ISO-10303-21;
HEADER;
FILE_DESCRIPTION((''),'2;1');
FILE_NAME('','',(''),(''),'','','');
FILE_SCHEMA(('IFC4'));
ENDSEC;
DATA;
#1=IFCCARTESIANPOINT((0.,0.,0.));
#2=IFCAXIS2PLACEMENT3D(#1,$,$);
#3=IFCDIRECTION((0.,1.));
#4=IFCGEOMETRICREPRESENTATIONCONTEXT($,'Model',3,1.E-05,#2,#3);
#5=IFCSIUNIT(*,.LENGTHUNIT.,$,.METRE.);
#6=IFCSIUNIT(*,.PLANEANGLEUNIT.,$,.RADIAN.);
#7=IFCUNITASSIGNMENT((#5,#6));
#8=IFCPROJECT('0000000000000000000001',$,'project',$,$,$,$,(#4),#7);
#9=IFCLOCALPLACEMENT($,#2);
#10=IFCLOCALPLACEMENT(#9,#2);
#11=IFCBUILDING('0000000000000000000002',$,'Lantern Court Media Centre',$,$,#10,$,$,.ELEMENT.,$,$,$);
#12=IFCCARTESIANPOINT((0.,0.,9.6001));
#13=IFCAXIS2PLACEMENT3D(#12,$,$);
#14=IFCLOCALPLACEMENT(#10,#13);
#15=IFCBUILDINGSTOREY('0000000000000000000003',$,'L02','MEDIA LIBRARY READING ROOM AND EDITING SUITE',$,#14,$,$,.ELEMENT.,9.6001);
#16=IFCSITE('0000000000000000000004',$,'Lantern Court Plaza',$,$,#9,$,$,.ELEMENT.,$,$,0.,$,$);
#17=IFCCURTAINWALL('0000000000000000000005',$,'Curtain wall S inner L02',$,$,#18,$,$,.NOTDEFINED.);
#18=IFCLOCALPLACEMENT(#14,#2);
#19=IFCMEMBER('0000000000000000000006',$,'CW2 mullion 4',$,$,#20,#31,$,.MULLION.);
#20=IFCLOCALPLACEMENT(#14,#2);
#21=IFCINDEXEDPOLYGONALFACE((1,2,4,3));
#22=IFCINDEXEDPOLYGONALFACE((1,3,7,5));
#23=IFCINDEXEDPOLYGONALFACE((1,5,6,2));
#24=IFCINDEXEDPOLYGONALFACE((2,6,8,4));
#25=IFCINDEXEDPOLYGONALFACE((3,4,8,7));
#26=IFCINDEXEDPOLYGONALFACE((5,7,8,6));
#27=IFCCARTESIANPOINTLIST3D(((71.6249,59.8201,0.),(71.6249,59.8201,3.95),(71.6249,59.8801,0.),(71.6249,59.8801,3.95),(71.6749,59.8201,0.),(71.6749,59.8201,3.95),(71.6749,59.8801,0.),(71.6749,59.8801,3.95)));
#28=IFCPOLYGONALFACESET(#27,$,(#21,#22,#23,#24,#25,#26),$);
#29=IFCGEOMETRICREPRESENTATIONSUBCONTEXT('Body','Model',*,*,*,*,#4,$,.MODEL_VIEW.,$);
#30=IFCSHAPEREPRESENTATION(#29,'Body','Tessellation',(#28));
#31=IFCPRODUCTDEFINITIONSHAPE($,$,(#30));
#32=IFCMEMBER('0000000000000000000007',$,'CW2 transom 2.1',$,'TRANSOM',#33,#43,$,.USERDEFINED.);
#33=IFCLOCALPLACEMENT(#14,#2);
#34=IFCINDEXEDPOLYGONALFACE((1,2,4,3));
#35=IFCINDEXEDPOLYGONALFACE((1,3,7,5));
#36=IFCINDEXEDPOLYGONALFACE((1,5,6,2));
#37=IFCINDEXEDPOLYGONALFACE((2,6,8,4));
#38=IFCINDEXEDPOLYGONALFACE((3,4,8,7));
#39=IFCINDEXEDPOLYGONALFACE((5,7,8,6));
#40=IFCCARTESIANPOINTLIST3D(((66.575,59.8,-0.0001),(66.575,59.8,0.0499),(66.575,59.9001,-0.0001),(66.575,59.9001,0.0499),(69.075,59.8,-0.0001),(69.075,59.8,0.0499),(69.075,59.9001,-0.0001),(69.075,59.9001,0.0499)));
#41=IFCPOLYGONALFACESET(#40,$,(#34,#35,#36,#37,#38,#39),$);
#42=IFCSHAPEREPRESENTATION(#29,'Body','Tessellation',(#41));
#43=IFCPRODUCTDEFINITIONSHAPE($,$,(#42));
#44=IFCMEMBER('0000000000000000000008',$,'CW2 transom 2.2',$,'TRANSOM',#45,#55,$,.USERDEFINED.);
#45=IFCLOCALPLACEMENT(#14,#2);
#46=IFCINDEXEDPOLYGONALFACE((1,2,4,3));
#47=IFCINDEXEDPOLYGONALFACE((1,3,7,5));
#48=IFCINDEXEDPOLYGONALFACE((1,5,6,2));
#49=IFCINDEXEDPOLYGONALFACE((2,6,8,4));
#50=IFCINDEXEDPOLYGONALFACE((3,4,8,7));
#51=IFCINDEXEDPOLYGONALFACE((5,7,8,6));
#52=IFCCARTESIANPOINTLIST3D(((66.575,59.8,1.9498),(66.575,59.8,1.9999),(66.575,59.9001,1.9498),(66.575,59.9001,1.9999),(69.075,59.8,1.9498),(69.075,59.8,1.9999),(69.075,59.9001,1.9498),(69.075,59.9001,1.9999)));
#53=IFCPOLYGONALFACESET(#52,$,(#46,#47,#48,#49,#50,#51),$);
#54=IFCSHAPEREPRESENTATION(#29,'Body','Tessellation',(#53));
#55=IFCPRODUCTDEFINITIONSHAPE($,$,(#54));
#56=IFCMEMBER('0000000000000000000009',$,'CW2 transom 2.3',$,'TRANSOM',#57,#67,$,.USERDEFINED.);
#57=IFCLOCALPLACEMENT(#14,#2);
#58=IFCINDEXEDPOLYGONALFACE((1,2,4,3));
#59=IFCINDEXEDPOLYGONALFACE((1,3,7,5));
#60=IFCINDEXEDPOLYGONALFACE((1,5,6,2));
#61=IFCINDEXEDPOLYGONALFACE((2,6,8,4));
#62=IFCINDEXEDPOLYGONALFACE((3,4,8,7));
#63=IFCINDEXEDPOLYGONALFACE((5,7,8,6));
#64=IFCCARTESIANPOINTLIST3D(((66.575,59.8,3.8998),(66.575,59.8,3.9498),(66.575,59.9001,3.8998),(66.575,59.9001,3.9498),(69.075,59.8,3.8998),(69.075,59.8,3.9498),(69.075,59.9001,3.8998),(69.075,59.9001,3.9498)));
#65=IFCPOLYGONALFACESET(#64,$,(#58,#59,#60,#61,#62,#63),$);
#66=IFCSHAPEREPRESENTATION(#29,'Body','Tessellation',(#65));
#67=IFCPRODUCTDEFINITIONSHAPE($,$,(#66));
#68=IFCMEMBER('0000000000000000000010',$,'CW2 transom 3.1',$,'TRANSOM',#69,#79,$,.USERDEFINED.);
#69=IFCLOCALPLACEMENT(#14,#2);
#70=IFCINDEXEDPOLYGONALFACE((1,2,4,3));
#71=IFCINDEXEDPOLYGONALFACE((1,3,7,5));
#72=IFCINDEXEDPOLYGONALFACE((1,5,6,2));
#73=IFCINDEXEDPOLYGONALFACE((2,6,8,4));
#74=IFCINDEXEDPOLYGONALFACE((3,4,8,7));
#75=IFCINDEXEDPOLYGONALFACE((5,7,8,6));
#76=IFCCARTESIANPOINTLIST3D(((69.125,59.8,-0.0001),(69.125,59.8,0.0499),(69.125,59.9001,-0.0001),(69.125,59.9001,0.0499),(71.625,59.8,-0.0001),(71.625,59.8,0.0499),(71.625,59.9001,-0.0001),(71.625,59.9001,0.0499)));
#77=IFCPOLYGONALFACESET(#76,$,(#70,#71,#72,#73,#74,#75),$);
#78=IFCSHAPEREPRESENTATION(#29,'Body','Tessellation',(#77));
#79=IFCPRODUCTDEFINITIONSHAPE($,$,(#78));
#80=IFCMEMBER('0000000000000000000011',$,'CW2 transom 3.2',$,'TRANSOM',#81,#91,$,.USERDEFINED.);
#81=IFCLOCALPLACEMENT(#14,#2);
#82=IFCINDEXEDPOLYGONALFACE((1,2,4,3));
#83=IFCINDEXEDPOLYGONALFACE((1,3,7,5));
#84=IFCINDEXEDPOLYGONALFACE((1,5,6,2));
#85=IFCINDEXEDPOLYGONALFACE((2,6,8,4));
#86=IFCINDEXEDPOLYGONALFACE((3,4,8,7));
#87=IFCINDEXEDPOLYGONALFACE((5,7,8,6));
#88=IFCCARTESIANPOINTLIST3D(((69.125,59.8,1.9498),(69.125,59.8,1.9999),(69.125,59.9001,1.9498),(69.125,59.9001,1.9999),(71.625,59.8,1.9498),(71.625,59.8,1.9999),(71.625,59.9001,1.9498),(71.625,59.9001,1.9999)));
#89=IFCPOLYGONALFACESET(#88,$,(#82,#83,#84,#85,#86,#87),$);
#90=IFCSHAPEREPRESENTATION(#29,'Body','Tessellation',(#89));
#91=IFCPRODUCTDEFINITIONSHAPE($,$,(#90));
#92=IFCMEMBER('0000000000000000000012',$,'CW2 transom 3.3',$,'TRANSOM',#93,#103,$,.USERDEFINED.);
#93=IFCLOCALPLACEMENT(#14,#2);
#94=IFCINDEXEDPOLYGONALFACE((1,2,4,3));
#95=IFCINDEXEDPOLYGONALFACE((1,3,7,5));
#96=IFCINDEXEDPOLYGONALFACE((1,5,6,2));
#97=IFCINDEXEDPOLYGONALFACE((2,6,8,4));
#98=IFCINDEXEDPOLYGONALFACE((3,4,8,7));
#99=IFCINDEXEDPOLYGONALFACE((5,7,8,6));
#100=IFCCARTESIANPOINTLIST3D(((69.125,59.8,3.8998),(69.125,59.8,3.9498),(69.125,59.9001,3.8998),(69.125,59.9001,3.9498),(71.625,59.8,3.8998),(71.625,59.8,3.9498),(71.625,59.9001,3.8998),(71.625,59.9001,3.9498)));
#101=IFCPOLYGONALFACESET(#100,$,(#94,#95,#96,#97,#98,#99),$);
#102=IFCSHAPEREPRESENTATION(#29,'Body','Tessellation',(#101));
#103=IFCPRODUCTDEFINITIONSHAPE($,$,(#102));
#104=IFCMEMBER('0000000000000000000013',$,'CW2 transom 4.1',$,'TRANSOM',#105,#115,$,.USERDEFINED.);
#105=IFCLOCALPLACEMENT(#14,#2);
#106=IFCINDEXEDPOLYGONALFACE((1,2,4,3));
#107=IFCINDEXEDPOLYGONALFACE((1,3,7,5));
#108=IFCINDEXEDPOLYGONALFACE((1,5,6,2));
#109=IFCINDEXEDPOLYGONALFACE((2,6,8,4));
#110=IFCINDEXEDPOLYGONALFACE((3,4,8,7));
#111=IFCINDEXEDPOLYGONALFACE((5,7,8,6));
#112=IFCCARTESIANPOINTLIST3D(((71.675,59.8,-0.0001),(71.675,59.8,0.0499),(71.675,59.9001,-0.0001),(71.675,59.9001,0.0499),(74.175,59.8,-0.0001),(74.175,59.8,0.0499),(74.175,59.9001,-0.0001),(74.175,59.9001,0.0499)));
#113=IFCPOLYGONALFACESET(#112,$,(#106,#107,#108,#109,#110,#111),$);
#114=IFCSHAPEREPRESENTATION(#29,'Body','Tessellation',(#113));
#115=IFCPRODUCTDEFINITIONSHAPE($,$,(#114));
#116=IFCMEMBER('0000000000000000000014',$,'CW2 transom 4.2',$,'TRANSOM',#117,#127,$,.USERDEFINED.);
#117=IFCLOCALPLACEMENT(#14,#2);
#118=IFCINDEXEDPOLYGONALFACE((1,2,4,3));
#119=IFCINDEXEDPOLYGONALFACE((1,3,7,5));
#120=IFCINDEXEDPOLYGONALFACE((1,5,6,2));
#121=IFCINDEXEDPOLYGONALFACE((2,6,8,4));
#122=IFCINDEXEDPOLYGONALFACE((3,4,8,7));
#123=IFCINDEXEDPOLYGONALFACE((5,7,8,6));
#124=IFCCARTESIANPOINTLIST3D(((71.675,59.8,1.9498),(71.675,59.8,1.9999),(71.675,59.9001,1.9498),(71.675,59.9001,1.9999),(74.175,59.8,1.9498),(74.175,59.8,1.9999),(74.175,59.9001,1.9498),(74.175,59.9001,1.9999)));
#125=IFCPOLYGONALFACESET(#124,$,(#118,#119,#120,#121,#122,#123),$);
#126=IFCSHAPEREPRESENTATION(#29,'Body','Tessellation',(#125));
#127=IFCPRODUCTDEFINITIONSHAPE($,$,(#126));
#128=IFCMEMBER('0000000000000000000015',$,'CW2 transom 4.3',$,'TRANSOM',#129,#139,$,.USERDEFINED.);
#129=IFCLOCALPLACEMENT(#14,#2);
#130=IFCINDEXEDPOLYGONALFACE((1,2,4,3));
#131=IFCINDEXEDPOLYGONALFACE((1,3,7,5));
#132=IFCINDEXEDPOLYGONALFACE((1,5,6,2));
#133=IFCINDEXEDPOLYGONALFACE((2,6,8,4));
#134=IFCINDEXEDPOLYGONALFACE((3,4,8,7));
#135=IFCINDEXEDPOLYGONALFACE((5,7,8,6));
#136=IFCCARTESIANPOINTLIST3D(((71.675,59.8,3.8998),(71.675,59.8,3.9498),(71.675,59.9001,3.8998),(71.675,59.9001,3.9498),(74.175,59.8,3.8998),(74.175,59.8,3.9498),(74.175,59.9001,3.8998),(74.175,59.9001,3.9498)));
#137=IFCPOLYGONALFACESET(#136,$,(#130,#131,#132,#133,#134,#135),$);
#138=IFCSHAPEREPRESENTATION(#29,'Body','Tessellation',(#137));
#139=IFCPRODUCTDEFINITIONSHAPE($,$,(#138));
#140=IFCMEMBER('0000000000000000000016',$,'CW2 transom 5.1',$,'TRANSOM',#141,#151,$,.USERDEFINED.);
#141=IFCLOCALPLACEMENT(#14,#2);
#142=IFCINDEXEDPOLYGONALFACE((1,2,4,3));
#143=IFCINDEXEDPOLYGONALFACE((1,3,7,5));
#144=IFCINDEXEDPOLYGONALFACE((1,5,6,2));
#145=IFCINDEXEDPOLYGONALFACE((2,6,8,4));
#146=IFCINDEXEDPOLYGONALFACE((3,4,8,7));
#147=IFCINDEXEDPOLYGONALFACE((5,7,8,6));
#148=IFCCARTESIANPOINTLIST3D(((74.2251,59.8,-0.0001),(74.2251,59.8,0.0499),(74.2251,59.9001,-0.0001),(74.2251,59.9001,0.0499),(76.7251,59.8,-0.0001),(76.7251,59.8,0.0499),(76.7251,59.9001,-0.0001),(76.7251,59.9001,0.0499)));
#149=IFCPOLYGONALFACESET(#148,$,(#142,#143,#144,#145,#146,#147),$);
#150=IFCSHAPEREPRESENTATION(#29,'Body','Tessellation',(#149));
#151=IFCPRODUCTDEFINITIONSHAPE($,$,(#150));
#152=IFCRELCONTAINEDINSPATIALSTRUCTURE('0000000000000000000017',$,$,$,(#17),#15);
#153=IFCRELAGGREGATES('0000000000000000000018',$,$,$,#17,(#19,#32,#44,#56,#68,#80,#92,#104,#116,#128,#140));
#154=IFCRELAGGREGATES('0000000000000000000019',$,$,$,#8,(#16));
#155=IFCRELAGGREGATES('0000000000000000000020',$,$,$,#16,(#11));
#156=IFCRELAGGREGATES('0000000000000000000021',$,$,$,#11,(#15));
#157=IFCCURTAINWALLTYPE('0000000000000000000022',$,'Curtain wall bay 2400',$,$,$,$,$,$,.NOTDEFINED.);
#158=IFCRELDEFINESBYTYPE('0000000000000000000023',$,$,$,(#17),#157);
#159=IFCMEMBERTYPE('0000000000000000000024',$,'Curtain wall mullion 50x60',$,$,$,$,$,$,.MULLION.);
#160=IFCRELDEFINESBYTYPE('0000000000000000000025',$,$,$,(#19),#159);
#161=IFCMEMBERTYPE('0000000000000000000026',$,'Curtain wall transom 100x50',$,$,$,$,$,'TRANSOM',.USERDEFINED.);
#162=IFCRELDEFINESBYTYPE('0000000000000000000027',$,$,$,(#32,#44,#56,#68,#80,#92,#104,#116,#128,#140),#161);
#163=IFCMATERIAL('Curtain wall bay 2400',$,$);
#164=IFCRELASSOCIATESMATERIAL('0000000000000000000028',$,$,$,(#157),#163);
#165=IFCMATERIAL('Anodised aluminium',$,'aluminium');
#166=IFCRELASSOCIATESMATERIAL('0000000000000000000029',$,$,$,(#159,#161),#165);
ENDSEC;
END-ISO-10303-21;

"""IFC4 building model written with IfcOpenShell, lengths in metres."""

from ifc_helpers import new_model, si_unit, direction, frame, origin, origin_2d, place, context, subcontext, project, spatial, rectangle, extrude, material, material_profile, profile_set, type_object, element, aggregate, save


model = new_model("IFC4")

# Units and contexts
model_context = context("Model", 3, precision=1e-05, world=origin(), true_north=direction((0.0, 1.0)))
body_context = subcontext(model_context, "Body", "Model", "MODEL_VIEW")
ifc_project = project(units=[si_unit("LENGTHUNIT", "METRE"), si_unit("PLANEANGLEUNIT", "RADIAN")], contexts=[model_context])

# Site, building, storey
site_placement = place(None, origin())
site = spatial("IfcSite", under=ifc_project, at=site_placement, Name="Lantern Court Plaza", CompositionType="ELEMENT", RefElevation=0.0)
building_placement = place(site_placement, origin())
building = spatial("IfcBuilding", under=site, at=building_placement, Name="Lantern Court Media Centre", CompositionType="ELEMENT")
storey_placement = place(building_placement, frame((0.0, 0.0, 9.6001)))
storey = spatial("IfcBuildingStorey", under=building, at=storey_placement, Name="L02", Description="MEDIA LIBRARY READING ROOM AND EDITING SUITE", CompositionType="ELEMENT", Elevation=9.6001)

# Curtain wall, members
ifc_material_1 = material(Name="Curtain wall bay 2400")
curtain_wall_type = type_object("IfcCurtainWallType", Name="Curtain wall bay 2400", PredefinedType="NOTDEFINED", material=ifc_material_1)
curtain_wall_placement = place(storey_placement, origin())
curtain_wall = element("IfcCurtainWall", 1, at=curtain_wall_placement, inside=storey, type_object=curtain_wall_type, Name="Curtain wall S inner L02", PredefinedType="NOTDEFINED")
ifc_material_2 = material(Name="Anodised aluminium", Category="aluminium")
ifc_material_profile_1 = material_profile(ifc_material_2, rectangle(XDim=0.0601, YDim=0.05, at=origin_2d()), Name="AL 50x60")
ifc_profile_set_1 = profile_set([ifc_material_profile_1], Name="Anodised aluminium")
member_type_1 = type_object("IfcMemberType", Name="Curtain wall mullion 50x60", PredefinedType="MULLION", material=ifc_profile_set_1)
member_1_placement = place(storey_placement, frame((71.6499, 59.8501, 0.0), z_axis=(0.0, 0.0, 1.0), x_axis=(0.0, 1.0, 0.0)))
member_1 = element("IfcMember", 2, at=member_1_placement, type_object=member_type_1, Name="CW2 mullion 4", PredefinedType="MULLION", context=body_context, shape_type="SweptSolid", body=[
    extrude(rectangle(XDim=0.0601, YDim=0.05, at=origin_2d()), origin(), (0.0, 0.0, 1.0), 3.95),
])
ifc_material_profile_2 = material_profile(ifc_material_2, rectangle(XDim=0.1001, YDim=0.05, at=origin_2d()), Name="AL 50x100")
ifc_profile_set_2 = profile_set([ifc_material_profile_2], Name="Anodised aluminium")
member_type_2 = type_object("IfcMemberType", Name="Curtain wall transom 100x50", ElementType="TRANSOM", PredefinedType="USERDEFINED", material=ifc_profile_set_2)
member_2_placement = place(storey_placement, frame((66.575, 59.8501, 0.0249), z_axis=(1.0, 0.0, 0.0), x_axis=(0.0, 1.0, 0.0)))
member_2 = element("IfcMember", 3, at=member_2_placement, type_object=member_type_2, Name="CW2 transom 2.1", ObjectType="TRANSOM", PredefinedType="USERDEFINED", context=body_context, shape_type="SweptSolid", body=[
    extrude(rectangle(XDim=0.1001, YDim=0.05, at=origin_2d()), origin(), (0.0, 0.0, 1.0), 2.5),
])
member_3_placement = place(storey_placement, frame((66.575, 59.8501, 1.9749), z_axis=(1.0, 0.0, 0.0), x_axis=(0.0, 1.0, 0.0)))
member_3 = element("IfcMember", 4, at=member_3_placement, type_object=member_type_2, Name="CW2 transom 2.2", ObjectType="TRANSOM", PredefinedType="USERDEFINED", context=body_context, shape_type="SweptSolid", body=[
    extrude(rectangle(XDim=0.1001, YDim=0.05, at=origin_2d()), origin(), (0.0, 0.0, 1.0), 2.5),
])
member_4_placement = place(storey_placement, frame((66.575, 59.8501, 3.9248), z_axis=(1.0, 0.0, 0.0), x_axis=(0.0, 1.0, 0.0)))
member_4 = element("IfcMember", 5, at=member_4_placement, type_object=member_type_2, Name="CW2 transom 2.3", ObjectType="TRANSOM", PredefinedType="USERDEFINED", context=body_context, shape_type="SweptSolid", body=[
    extrude(rectangle(XDim=0.1001, YDim=0.05, at=origin_2d()), origin(), (0.0, 0.0, 1.0), 2.5),
])
member_5_placement = place(storey_placement, frame((69.125, 59.8501, 0.0249), z_axis=(1.0, 0.0, 0.0), x_axis=(0.0, 1.0, 0.0)))
member_5 = element("IfcMember", 6, at=member_5_placement, type_object=member_type_2, Name="CW2 transom 3.1", ObjectType="TRANSOM", PredefinedType="USERDEFINED", context=body_context, shape_type="SweptSolid", body=[
    extrude(rectangle(XDim=0.1001, YDim=0.05, at=origin_2d()), origin(), (0.0, 0.0, 1.0), 2.5),
])
member_6_placement = place(storey_placement, frame((69.125, 59.8501, 1.9749), z_axis=(1.0, 0.0, 0.0), x_axis=(0.0, 1.0, 0.0)))
member_6 = element("IfcMember", 7, at=member_6_placement, type_object=member_type_2, Name="CW2 transom 3.2", ObjectType="TRANSOM", PredefinedType="USERDEFINED", context=body_context, shape_type="SweptSolid", body=[
    extrude(rectangle(XDim=0.1001, YDim=0.05, at=origin_2d()), origin(), (0.0, 0.0, 1.0), 2.5),
])
member_7_placement = place(storey_placement, frame((69.125, 59.8501, 3.9248), z_axis=(1.0, 0.0, 0.0), x_axis=(0.0, 1.0, 0.0)))
member_7 = element("IfcMember", 8, at=member_7_placement, type_object=member_type_2, Name="CW2 transom 3.3", ObjectType="TRANSOM", PredefinedType="USERDEFINED", context=body_context, shape_type="SweptSolid", body=[
    extrude(rectangle(XDim=0.1001, YDim=0.05, at=origin_2d()), origin(), (0.0, 0.0, 1.0), 2.5),
])
member_8_placement = place(storey_placement, frame((71.675, 59.8501, 0.0249), z_axis=(1.0, 0.0, 0.0), x_axis=(0.0, 1.0, 0.0)))
member_8 = element("IfcMember", 9, at=member_8_placement, type_object=member_type_2, Name="CW2 transom 4.1", ObjectType="TRANSOM", PredefinedType="USERDEFINED", context=body_context, shape_type="SweptSolid", body=[
    extrude(rectangle(XDim=0.1001, YDim=0.05, at=origin_2d()), origin(), (0.0, 0.0, 1.0), 2.5),
])
member_9_placement = place(storey_placement, frame((71.675, 59.8501, 1.9749), z_axis=(1.0, 0.0, 0.0), x_axis=(0.0, 1.0, 0.0)))
member_9 = element("IfcMember", 10, at=member_9_placement, type_object=member_type_2, Name="CW2 transom 4.2", ObjectType="TRANSOM", PredefinedType="USERDEFINED", context=body_context, shape_type="SweptSolid", body=[
    extrude(rectangle(XDim=0.1001, YDim=0.05, at=origin_2d()), origin(), (0.0, 0.0, 1.0), 2.5),
])
member_10_placement = place(storey_placement, frame((71.675, 59.8501, 3.9248), z_axis=(1.0, 0.0, 0.0), x_axis=(0.0, 1.0, 0.0)))
member_10 = element("IfcMember", 11, at=member_10_placement, type_object=member_type_2, Name="CW2 transom 4.3", ObjectType="TRANSOM", PredefinedType="USERDEFINED", context=body_context, shape_type="SweptSolid", body=[
    extrude(rectangle(XDim=0.1001, YDim=0.05, at=origin_2d()), origin(), (0.0, 0.0, 1.0), 2.5),
])
member_11_placement = place(storey_placement, frame((74.2251, 59.8501, 0.0249), z_axis=(1.0, 0.0, 0.0), x_axis=(0.0, 1.0, 0.0)))
member_11 = element("IfcMember", 12, at=member_11_placement, type_object=member_type_2, Name="CW2 transom 5.1", ObjectType="TRANSOM", PredefinedType="USERDEFINED", context=body_context, shape_type="SweptSolid", body=[
    extrude(rectangle(XDim=0.1001, YDim=0.05, at=origin_2d()), origin(), (0.0, 0.0, 1.0), 2.5),
])

aggregate(curtain_wall, [member_1, member_2, member_3, member_4, member_5, member_6, member_7, member_8, member_9, member_10, member_11])

save(model, "model.ifc")
